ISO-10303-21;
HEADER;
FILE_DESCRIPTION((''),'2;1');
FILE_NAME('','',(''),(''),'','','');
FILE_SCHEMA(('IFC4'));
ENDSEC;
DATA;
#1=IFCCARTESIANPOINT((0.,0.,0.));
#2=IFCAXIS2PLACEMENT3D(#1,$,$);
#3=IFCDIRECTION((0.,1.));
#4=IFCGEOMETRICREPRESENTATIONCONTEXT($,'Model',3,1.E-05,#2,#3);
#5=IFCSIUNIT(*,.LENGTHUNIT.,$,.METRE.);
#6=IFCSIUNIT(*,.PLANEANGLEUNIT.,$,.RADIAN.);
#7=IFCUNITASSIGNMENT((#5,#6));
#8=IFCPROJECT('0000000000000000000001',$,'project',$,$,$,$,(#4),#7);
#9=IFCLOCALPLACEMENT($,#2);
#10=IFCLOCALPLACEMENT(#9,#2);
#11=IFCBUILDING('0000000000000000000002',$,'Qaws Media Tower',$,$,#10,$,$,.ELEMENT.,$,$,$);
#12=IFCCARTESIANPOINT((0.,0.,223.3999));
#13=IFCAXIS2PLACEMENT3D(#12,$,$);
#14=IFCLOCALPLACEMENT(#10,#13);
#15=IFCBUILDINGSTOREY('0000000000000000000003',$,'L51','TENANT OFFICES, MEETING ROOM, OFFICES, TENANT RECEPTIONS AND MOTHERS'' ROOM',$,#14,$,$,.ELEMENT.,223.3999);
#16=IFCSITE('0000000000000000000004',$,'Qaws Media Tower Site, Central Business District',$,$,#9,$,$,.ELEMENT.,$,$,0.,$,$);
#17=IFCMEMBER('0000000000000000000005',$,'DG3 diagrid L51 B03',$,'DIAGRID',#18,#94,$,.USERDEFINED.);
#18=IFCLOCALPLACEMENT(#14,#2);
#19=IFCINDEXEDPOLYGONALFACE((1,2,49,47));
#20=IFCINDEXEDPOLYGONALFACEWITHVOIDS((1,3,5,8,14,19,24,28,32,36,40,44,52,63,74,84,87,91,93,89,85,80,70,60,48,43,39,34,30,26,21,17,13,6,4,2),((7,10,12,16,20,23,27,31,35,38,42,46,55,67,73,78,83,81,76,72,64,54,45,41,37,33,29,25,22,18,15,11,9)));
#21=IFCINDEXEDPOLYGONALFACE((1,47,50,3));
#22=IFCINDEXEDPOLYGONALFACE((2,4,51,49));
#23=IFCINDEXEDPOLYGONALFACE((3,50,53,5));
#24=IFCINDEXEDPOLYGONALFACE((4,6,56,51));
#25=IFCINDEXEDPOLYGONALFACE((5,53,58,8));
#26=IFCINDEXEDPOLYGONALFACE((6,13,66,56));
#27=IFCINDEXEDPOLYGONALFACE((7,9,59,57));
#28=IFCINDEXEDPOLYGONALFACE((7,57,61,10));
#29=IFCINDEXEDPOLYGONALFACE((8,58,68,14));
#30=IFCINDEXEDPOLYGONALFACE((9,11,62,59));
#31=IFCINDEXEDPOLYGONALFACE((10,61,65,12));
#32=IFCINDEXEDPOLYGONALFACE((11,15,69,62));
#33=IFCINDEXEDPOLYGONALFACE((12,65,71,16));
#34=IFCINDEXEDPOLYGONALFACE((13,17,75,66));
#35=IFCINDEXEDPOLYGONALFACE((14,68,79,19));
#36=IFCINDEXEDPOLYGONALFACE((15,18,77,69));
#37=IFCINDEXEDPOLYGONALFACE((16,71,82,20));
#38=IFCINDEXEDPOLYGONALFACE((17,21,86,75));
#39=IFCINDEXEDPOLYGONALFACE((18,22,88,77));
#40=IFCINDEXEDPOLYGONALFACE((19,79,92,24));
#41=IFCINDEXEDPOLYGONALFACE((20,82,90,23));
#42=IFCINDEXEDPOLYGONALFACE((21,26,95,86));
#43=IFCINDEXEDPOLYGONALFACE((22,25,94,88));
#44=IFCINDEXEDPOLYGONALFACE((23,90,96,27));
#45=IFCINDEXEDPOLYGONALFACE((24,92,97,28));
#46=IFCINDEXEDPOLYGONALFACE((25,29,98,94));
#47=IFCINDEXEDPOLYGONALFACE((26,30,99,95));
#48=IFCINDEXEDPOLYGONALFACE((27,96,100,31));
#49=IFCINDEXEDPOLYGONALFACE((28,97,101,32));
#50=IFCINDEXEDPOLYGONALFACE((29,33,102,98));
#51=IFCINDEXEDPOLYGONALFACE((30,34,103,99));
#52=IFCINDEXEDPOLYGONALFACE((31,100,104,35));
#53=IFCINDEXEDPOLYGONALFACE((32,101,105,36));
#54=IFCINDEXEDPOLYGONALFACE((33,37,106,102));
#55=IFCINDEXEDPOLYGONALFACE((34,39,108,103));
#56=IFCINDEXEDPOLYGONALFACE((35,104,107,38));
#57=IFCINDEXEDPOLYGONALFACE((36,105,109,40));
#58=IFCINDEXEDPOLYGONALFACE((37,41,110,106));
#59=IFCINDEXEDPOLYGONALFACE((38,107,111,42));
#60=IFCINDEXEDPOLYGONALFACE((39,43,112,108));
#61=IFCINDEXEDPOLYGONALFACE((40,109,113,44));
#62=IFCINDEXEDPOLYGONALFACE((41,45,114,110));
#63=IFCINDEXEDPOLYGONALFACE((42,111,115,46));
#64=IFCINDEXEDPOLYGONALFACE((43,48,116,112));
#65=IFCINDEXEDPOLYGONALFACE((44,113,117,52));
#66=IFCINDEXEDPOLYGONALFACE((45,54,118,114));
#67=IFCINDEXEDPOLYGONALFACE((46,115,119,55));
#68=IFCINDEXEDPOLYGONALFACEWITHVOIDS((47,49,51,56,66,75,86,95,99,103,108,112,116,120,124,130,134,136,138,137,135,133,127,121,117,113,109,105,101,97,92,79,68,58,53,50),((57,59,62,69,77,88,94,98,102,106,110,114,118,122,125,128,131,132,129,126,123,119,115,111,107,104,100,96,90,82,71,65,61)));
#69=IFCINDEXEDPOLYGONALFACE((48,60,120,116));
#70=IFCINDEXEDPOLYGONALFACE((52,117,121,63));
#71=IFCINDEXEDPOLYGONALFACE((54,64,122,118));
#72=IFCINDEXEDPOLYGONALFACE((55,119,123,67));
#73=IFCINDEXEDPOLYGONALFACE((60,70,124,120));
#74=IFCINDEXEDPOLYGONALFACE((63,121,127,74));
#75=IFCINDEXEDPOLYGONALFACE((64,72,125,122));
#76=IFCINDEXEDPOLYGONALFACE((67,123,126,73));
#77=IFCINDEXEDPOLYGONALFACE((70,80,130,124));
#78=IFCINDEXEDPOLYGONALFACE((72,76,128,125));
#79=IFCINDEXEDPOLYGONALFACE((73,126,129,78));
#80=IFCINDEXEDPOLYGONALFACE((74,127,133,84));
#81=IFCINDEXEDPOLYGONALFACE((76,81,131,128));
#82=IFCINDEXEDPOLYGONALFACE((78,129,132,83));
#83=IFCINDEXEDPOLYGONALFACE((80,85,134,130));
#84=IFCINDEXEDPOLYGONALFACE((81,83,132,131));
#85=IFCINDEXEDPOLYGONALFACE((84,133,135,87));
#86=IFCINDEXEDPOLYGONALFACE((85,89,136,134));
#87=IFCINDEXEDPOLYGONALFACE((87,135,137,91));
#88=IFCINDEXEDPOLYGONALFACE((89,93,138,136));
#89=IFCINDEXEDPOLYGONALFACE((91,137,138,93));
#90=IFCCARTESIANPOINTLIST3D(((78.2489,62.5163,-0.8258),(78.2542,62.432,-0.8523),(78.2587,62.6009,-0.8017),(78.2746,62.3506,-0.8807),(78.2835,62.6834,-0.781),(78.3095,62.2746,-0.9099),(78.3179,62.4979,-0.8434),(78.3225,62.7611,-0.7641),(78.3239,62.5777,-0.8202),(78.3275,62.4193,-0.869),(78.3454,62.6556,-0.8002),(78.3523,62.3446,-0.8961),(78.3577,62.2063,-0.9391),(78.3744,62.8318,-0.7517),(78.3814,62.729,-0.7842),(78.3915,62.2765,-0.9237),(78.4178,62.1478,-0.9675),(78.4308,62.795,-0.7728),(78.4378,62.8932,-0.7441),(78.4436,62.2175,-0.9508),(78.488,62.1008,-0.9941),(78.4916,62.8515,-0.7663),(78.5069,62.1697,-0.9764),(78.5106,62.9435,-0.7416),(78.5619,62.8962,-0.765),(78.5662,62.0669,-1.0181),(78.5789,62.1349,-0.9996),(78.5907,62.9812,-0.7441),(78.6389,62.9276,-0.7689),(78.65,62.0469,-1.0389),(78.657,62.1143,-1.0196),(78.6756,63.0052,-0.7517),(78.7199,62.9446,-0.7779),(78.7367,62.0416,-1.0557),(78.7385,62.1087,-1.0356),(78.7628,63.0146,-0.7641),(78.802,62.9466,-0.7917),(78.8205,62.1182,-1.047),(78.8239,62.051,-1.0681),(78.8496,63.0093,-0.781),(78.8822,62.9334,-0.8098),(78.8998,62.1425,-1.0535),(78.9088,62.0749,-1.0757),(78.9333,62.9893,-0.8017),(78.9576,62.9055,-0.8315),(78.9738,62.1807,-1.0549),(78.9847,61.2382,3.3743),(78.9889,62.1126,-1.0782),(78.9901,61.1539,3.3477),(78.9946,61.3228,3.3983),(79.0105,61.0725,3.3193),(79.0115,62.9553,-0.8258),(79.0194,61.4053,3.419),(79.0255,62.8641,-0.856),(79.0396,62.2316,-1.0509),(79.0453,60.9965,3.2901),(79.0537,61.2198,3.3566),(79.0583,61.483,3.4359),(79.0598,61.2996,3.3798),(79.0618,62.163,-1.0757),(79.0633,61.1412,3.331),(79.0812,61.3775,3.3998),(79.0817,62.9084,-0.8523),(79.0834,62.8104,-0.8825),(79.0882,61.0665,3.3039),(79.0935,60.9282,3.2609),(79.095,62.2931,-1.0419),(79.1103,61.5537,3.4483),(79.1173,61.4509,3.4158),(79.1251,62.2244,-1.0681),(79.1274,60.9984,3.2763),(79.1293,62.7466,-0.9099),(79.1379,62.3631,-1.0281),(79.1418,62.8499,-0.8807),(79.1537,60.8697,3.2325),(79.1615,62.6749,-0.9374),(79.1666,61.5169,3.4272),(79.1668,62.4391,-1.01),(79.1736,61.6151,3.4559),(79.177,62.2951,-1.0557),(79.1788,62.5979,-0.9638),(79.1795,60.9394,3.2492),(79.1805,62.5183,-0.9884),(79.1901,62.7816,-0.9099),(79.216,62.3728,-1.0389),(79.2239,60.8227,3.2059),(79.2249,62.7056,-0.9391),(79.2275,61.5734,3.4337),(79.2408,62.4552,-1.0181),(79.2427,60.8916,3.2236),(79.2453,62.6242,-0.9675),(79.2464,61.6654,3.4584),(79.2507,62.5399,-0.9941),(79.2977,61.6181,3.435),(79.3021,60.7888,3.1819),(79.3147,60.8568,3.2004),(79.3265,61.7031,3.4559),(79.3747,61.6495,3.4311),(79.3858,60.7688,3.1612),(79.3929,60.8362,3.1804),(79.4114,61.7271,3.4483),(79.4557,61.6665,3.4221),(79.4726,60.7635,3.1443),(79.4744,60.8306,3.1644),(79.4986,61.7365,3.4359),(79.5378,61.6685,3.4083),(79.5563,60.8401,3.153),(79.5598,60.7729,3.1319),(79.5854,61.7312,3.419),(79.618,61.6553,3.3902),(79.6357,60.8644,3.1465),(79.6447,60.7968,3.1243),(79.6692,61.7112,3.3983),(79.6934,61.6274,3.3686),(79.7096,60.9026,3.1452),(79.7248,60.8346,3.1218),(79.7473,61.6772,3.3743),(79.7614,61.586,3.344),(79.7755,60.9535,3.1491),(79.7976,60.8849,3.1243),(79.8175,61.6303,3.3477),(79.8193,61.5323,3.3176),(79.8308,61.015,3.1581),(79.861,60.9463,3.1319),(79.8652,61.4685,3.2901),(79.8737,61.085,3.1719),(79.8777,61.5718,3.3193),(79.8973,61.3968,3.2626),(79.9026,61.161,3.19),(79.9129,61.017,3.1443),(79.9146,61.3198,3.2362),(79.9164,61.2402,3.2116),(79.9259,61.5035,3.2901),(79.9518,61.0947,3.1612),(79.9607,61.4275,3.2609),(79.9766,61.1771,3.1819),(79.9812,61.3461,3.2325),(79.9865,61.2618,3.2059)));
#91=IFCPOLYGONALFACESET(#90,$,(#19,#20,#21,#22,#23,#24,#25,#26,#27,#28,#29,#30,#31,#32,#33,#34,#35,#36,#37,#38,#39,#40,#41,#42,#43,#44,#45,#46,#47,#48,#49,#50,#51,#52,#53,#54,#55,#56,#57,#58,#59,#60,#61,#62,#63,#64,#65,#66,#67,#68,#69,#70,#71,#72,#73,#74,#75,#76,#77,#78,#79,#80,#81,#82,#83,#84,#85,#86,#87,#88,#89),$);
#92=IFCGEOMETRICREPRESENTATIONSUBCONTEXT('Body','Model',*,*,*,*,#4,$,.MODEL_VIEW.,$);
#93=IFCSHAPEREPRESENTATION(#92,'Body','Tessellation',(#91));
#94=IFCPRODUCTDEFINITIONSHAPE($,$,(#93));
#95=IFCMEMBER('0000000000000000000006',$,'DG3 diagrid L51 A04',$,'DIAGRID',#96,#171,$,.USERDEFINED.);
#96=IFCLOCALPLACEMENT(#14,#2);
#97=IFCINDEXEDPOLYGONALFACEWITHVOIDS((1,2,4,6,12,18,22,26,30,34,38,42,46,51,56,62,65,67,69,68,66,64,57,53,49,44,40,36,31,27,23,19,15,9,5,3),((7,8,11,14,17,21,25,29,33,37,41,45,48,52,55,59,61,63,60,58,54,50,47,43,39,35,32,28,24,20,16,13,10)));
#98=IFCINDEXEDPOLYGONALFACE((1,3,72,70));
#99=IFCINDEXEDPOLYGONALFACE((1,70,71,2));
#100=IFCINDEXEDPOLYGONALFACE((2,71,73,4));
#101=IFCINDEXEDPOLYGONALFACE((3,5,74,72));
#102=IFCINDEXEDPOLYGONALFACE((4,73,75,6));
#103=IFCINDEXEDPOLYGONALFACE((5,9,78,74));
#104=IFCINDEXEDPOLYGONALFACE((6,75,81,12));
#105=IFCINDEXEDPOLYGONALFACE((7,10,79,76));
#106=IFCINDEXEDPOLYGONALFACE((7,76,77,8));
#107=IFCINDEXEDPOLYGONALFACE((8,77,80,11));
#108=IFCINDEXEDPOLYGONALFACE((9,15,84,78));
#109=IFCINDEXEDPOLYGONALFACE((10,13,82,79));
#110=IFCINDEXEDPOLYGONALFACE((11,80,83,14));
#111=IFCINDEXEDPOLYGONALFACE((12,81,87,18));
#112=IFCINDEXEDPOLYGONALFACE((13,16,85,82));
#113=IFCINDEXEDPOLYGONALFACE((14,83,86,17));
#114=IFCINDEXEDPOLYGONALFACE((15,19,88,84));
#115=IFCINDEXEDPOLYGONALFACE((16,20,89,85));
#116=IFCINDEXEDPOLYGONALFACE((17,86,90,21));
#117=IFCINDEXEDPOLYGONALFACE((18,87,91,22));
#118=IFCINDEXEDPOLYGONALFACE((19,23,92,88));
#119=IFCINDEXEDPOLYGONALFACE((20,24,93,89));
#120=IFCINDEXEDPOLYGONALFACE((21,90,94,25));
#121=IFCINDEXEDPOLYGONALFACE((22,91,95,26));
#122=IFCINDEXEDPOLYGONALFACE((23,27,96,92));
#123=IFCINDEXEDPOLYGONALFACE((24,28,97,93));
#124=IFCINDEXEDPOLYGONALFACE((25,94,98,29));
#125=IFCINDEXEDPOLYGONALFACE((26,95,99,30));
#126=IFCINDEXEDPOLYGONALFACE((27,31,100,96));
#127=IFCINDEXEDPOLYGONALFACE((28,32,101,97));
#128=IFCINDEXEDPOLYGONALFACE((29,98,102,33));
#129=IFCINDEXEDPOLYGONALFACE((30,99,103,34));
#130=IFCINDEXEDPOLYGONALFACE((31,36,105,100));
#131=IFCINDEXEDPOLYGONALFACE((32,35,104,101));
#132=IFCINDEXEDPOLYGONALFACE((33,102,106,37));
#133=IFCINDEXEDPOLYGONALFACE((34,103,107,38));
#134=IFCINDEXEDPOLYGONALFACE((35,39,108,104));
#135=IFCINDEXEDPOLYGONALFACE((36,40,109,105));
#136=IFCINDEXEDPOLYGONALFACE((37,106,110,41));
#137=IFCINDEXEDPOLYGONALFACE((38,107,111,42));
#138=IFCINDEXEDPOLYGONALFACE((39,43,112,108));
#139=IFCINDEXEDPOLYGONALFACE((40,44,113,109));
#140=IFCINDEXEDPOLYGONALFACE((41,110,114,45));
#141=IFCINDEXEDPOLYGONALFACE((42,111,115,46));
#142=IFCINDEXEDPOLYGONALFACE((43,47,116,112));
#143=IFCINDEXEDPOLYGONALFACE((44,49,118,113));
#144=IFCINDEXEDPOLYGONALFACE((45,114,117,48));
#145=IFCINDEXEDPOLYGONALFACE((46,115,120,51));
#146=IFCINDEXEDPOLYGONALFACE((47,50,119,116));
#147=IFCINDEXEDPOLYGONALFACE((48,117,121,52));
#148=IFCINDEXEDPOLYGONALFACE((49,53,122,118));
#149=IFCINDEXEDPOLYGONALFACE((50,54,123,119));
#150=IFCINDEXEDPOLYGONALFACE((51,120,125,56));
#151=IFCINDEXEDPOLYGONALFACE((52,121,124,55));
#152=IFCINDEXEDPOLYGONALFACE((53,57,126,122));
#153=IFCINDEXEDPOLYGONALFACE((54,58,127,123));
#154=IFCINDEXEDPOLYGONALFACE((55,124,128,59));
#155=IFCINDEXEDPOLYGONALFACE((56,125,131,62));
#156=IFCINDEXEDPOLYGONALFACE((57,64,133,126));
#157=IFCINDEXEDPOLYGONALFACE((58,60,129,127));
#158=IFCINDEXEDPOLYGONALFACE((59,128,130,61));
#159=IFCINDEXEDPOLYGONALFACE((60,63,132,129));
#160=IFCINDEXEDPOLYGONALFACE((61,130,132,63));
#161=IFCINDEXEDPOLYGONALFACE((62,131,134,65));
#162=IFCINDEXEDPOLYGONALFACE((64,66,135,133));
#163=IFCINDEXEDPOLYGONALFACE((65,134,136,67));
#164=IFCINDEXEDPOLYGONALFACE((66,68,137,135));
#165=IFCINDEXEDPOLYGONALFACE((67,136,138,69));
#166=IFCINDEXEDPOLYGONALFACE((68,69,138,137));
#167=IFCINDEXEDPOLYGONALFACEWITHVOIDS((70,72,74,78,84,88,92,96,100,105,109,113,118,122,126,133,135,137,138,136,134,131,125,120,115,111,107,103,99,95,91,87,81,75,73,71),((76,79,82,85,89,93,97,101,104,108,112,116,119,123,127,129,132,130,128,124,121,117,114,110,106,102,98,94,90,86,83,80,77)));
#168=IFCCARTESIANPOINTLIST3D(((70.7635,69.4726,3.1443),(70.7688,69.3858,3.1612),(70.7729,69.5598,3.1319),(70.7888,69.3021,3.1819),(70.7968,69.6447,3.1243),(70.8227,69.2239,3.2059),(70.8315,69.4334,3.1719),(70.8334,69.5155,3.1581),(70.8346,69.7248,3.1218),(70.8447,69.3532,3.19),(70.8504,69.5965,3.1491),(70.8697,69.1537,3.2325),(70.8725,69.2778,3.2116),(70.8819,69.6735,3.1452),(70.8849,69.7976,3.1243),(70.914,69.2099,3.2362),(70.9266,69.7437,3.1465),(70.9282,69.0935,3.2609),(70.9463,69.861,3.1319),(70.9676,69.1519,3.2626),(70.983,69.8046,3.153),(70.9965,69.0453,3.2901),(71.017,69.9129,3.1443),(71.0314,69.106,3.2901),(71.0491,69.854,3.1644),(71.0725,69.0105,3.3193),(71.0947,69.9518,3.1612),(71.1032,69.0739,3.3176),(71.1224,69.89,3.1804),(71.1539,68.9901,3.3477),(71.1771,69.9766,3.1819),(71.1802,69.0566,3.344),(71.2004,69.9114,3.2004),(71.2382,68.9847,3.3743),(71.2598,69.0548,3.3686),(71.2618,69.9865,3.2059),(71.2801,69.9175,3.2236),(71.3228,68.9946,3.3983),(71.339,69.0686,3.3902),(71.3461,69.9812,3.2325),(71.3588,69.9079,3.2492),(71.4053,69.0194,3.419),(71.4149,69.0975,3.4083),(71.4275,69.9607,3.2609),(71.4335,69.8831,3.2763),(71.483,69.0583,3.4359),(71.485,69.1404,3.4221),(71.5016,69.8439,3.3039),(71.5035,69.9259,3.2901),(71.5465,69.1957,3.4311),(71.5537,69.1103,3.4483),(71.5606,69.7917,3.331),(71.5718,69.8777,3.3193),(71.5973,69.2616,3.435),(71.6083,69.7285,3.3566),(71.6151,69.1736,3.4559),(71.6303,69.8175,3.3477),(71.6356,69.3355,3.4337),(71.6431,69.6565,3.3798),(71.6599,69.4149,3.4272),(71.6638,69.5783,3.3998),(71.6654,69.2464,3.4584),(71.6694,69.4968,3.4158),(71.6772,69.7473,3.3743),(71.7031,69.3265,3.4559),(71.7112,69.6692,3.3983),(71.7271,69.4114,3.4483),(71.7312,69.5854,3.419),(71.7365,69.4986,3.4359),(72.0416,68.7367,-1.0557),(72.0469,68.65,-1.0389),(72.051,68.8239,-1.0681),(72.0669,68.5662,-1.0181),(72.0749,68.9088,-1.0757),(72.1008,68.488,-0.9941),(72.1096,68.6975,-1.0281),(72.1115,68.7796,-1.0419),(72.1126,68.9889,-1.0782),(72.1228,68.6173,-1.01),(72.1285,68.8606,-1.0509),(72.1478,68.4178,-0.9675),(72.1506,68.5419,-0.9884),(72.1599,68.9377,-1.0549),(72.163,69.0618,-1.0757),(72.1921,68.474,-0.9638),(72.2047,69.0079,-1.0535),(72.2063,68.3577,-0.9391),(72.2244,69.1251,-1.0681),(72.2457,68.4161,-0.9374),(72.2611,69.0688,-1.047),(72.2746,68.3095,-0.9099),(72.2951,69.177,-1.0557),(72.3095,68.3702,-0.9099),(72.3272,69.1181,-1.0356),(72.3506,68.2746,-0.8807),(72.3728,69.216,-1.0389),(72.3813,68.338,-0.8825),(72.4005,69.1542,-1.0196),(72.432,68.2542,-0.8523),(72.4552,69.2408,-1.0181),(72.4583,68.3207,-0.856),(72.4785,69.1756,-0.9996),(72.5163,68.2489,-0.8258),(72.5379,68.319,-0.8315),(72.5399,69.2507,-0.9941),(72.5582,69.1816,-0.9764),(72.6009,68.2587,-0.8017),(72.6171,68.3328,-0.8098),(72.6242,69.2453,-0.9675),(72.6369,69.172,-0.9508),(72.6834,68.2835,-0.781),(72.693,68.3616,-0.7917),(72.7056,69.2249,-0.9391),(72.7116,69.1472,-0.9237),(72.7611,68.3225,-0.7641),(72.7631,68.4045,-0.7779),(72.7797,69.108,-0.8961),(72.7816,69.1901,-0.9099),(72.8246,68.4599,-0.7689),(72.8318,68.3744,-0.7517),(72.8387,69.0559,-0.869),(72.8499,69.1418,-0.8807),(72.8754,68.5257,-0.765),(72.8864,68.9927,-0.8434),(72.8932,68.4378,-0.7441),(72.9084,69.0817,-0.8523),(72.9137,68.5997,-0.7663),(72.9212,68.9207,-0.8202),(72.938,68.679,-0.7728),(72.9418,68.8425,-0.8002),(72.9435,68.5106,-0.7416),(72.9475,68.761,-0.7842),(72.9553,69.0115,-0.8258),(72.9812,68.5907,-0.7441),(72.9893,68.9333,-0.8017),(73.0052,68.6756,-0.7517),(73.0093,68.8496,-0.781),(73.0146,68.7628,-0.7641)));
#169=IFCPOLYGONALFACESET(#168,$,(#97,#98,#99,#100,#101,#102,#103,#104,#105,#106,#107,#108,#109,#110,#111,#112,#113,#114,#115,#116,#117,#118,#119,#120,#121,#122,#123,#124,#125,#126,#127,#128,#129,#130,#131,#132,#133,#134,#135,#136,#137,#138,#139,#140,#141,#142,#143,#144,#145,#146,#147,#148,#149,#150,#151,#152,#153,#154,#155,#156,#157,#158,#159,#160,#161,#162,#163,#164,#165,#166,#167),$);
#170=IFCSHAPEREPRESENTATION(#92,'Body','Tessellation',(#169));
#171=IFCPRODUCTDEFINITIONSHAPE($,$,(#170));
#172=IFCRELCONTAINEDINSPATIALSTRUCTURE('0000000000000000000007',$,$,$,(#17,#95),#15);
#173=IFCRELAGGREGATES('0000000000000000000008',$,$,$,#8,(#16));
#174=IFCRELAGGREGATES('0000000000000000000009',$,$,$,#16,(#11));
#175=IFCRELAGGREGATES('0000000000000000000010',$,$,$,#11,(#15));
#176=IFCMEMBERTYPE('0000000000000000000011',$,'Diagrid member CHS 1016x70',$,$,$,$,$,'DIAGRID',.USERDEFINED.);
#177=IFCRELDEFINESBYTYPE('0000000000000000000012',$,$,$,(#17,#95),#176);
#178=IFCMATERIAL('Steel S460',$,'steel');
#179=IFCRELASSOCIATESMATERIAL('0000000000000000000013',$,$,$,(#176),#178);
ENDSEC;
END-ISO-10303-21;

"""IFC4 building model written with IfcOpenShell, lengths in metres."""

from ifc_helpers import new_model, si_unit, direction, frame, origin, origin_2d, place, context, subcontext, project, spatial, hollow_circle, extrude, material, material_profile, profile_set, type_object, element, save


model = new_model("IFC4")

# Units and contexts
model_context = context("Model", 3, precision=1e-05, world=origin(), true_north=direction((0.0, 1.0)))
body_context = subcontext(model_context, "Body", "Model", "MODEL_VIEW")
ifc_project = project(units=[si_unit("LENGTHUNIT", "METRE"), si_unit("PLANEANGLEUNIT", "RADIAN")], contexts=[model_context])

# Site, building, storey
site_placement = place(None, origin())
site = spatial("IfcSite", under=ifc_project, at=site_placement, Name="Qaws Media Tower Site, Central Business District", CompositionType="ELEMENT", RefElevation=0.0)
building_placement = place(site_placement, origin())
building = spatial("IfcBuilding", under=site, at=building_placement, Name="Qaws Media Tower", CompositionType="ELEMENT")
storey_placement = place(building_placement, frame((0.0, 0.0, 223.3999)))
storey = spatial("IfcBuildingStorey", under=building, at=storey_placement, Name="L51", Description="TENANT OFFICES, MEETING ROOM, OFFICES, TENANT RECEPTIONS AND MOTHERS' ROOM", CompositionType="ELEMENT", Elevation=223.3999)

# Members
ifc_material_1 = material(Name="Steel S460", Category="steel")
ifc_material_profile_1 = material_profile(ifc_material_1, hollow_circle(Radius=0.5081, WallThickness=0.0701, at=origin_2d()), Name="CHS 1016x70")
ifc_profile_set_1 = profile_set([ifc_material_profile_1], Name="Steel S460")
member_type_1 = type_object("IfcMemberType", Name="Diagrid member CHS 1016x70", ElementType="DIAGRID", PredefinedType="USERDEFINED", material=ifc_profile_set_1)
for number, where, z_axis, x_axis, name in (
    (1, (78.7498, 62.5281, -0.9099), (0.165307, -0.287121, 0.943523), (0.866629, 0.498953, 0.0), "DG3 diagrid L51 B03"),
    (2, (72.5281, 68.7498, -0.9099), (-0.287121, 0.165307, 0.943523), (-0.498953, -0.866629, 0.0), "DG3 diagrid L51 A04"),
):
    element("IfcMember", number, at=place(storey_placement, frame(where, z_axis=z_axis, x_axis=x_axis)), inside=storey, type_object=member_type_1, Name=name, ObjectType="DIAGRID", PredefinedType="USERDEFINED", context=body_context, shape_type="SweptSolid", body=[
        extrude(hollow_circle(Radius=0.5081, WallThickness=0.0701, at=origin_2d()), origin(), (0.0, 0.0, 1.0), 4.4514),
    ])

save(model, "model.ifc")
